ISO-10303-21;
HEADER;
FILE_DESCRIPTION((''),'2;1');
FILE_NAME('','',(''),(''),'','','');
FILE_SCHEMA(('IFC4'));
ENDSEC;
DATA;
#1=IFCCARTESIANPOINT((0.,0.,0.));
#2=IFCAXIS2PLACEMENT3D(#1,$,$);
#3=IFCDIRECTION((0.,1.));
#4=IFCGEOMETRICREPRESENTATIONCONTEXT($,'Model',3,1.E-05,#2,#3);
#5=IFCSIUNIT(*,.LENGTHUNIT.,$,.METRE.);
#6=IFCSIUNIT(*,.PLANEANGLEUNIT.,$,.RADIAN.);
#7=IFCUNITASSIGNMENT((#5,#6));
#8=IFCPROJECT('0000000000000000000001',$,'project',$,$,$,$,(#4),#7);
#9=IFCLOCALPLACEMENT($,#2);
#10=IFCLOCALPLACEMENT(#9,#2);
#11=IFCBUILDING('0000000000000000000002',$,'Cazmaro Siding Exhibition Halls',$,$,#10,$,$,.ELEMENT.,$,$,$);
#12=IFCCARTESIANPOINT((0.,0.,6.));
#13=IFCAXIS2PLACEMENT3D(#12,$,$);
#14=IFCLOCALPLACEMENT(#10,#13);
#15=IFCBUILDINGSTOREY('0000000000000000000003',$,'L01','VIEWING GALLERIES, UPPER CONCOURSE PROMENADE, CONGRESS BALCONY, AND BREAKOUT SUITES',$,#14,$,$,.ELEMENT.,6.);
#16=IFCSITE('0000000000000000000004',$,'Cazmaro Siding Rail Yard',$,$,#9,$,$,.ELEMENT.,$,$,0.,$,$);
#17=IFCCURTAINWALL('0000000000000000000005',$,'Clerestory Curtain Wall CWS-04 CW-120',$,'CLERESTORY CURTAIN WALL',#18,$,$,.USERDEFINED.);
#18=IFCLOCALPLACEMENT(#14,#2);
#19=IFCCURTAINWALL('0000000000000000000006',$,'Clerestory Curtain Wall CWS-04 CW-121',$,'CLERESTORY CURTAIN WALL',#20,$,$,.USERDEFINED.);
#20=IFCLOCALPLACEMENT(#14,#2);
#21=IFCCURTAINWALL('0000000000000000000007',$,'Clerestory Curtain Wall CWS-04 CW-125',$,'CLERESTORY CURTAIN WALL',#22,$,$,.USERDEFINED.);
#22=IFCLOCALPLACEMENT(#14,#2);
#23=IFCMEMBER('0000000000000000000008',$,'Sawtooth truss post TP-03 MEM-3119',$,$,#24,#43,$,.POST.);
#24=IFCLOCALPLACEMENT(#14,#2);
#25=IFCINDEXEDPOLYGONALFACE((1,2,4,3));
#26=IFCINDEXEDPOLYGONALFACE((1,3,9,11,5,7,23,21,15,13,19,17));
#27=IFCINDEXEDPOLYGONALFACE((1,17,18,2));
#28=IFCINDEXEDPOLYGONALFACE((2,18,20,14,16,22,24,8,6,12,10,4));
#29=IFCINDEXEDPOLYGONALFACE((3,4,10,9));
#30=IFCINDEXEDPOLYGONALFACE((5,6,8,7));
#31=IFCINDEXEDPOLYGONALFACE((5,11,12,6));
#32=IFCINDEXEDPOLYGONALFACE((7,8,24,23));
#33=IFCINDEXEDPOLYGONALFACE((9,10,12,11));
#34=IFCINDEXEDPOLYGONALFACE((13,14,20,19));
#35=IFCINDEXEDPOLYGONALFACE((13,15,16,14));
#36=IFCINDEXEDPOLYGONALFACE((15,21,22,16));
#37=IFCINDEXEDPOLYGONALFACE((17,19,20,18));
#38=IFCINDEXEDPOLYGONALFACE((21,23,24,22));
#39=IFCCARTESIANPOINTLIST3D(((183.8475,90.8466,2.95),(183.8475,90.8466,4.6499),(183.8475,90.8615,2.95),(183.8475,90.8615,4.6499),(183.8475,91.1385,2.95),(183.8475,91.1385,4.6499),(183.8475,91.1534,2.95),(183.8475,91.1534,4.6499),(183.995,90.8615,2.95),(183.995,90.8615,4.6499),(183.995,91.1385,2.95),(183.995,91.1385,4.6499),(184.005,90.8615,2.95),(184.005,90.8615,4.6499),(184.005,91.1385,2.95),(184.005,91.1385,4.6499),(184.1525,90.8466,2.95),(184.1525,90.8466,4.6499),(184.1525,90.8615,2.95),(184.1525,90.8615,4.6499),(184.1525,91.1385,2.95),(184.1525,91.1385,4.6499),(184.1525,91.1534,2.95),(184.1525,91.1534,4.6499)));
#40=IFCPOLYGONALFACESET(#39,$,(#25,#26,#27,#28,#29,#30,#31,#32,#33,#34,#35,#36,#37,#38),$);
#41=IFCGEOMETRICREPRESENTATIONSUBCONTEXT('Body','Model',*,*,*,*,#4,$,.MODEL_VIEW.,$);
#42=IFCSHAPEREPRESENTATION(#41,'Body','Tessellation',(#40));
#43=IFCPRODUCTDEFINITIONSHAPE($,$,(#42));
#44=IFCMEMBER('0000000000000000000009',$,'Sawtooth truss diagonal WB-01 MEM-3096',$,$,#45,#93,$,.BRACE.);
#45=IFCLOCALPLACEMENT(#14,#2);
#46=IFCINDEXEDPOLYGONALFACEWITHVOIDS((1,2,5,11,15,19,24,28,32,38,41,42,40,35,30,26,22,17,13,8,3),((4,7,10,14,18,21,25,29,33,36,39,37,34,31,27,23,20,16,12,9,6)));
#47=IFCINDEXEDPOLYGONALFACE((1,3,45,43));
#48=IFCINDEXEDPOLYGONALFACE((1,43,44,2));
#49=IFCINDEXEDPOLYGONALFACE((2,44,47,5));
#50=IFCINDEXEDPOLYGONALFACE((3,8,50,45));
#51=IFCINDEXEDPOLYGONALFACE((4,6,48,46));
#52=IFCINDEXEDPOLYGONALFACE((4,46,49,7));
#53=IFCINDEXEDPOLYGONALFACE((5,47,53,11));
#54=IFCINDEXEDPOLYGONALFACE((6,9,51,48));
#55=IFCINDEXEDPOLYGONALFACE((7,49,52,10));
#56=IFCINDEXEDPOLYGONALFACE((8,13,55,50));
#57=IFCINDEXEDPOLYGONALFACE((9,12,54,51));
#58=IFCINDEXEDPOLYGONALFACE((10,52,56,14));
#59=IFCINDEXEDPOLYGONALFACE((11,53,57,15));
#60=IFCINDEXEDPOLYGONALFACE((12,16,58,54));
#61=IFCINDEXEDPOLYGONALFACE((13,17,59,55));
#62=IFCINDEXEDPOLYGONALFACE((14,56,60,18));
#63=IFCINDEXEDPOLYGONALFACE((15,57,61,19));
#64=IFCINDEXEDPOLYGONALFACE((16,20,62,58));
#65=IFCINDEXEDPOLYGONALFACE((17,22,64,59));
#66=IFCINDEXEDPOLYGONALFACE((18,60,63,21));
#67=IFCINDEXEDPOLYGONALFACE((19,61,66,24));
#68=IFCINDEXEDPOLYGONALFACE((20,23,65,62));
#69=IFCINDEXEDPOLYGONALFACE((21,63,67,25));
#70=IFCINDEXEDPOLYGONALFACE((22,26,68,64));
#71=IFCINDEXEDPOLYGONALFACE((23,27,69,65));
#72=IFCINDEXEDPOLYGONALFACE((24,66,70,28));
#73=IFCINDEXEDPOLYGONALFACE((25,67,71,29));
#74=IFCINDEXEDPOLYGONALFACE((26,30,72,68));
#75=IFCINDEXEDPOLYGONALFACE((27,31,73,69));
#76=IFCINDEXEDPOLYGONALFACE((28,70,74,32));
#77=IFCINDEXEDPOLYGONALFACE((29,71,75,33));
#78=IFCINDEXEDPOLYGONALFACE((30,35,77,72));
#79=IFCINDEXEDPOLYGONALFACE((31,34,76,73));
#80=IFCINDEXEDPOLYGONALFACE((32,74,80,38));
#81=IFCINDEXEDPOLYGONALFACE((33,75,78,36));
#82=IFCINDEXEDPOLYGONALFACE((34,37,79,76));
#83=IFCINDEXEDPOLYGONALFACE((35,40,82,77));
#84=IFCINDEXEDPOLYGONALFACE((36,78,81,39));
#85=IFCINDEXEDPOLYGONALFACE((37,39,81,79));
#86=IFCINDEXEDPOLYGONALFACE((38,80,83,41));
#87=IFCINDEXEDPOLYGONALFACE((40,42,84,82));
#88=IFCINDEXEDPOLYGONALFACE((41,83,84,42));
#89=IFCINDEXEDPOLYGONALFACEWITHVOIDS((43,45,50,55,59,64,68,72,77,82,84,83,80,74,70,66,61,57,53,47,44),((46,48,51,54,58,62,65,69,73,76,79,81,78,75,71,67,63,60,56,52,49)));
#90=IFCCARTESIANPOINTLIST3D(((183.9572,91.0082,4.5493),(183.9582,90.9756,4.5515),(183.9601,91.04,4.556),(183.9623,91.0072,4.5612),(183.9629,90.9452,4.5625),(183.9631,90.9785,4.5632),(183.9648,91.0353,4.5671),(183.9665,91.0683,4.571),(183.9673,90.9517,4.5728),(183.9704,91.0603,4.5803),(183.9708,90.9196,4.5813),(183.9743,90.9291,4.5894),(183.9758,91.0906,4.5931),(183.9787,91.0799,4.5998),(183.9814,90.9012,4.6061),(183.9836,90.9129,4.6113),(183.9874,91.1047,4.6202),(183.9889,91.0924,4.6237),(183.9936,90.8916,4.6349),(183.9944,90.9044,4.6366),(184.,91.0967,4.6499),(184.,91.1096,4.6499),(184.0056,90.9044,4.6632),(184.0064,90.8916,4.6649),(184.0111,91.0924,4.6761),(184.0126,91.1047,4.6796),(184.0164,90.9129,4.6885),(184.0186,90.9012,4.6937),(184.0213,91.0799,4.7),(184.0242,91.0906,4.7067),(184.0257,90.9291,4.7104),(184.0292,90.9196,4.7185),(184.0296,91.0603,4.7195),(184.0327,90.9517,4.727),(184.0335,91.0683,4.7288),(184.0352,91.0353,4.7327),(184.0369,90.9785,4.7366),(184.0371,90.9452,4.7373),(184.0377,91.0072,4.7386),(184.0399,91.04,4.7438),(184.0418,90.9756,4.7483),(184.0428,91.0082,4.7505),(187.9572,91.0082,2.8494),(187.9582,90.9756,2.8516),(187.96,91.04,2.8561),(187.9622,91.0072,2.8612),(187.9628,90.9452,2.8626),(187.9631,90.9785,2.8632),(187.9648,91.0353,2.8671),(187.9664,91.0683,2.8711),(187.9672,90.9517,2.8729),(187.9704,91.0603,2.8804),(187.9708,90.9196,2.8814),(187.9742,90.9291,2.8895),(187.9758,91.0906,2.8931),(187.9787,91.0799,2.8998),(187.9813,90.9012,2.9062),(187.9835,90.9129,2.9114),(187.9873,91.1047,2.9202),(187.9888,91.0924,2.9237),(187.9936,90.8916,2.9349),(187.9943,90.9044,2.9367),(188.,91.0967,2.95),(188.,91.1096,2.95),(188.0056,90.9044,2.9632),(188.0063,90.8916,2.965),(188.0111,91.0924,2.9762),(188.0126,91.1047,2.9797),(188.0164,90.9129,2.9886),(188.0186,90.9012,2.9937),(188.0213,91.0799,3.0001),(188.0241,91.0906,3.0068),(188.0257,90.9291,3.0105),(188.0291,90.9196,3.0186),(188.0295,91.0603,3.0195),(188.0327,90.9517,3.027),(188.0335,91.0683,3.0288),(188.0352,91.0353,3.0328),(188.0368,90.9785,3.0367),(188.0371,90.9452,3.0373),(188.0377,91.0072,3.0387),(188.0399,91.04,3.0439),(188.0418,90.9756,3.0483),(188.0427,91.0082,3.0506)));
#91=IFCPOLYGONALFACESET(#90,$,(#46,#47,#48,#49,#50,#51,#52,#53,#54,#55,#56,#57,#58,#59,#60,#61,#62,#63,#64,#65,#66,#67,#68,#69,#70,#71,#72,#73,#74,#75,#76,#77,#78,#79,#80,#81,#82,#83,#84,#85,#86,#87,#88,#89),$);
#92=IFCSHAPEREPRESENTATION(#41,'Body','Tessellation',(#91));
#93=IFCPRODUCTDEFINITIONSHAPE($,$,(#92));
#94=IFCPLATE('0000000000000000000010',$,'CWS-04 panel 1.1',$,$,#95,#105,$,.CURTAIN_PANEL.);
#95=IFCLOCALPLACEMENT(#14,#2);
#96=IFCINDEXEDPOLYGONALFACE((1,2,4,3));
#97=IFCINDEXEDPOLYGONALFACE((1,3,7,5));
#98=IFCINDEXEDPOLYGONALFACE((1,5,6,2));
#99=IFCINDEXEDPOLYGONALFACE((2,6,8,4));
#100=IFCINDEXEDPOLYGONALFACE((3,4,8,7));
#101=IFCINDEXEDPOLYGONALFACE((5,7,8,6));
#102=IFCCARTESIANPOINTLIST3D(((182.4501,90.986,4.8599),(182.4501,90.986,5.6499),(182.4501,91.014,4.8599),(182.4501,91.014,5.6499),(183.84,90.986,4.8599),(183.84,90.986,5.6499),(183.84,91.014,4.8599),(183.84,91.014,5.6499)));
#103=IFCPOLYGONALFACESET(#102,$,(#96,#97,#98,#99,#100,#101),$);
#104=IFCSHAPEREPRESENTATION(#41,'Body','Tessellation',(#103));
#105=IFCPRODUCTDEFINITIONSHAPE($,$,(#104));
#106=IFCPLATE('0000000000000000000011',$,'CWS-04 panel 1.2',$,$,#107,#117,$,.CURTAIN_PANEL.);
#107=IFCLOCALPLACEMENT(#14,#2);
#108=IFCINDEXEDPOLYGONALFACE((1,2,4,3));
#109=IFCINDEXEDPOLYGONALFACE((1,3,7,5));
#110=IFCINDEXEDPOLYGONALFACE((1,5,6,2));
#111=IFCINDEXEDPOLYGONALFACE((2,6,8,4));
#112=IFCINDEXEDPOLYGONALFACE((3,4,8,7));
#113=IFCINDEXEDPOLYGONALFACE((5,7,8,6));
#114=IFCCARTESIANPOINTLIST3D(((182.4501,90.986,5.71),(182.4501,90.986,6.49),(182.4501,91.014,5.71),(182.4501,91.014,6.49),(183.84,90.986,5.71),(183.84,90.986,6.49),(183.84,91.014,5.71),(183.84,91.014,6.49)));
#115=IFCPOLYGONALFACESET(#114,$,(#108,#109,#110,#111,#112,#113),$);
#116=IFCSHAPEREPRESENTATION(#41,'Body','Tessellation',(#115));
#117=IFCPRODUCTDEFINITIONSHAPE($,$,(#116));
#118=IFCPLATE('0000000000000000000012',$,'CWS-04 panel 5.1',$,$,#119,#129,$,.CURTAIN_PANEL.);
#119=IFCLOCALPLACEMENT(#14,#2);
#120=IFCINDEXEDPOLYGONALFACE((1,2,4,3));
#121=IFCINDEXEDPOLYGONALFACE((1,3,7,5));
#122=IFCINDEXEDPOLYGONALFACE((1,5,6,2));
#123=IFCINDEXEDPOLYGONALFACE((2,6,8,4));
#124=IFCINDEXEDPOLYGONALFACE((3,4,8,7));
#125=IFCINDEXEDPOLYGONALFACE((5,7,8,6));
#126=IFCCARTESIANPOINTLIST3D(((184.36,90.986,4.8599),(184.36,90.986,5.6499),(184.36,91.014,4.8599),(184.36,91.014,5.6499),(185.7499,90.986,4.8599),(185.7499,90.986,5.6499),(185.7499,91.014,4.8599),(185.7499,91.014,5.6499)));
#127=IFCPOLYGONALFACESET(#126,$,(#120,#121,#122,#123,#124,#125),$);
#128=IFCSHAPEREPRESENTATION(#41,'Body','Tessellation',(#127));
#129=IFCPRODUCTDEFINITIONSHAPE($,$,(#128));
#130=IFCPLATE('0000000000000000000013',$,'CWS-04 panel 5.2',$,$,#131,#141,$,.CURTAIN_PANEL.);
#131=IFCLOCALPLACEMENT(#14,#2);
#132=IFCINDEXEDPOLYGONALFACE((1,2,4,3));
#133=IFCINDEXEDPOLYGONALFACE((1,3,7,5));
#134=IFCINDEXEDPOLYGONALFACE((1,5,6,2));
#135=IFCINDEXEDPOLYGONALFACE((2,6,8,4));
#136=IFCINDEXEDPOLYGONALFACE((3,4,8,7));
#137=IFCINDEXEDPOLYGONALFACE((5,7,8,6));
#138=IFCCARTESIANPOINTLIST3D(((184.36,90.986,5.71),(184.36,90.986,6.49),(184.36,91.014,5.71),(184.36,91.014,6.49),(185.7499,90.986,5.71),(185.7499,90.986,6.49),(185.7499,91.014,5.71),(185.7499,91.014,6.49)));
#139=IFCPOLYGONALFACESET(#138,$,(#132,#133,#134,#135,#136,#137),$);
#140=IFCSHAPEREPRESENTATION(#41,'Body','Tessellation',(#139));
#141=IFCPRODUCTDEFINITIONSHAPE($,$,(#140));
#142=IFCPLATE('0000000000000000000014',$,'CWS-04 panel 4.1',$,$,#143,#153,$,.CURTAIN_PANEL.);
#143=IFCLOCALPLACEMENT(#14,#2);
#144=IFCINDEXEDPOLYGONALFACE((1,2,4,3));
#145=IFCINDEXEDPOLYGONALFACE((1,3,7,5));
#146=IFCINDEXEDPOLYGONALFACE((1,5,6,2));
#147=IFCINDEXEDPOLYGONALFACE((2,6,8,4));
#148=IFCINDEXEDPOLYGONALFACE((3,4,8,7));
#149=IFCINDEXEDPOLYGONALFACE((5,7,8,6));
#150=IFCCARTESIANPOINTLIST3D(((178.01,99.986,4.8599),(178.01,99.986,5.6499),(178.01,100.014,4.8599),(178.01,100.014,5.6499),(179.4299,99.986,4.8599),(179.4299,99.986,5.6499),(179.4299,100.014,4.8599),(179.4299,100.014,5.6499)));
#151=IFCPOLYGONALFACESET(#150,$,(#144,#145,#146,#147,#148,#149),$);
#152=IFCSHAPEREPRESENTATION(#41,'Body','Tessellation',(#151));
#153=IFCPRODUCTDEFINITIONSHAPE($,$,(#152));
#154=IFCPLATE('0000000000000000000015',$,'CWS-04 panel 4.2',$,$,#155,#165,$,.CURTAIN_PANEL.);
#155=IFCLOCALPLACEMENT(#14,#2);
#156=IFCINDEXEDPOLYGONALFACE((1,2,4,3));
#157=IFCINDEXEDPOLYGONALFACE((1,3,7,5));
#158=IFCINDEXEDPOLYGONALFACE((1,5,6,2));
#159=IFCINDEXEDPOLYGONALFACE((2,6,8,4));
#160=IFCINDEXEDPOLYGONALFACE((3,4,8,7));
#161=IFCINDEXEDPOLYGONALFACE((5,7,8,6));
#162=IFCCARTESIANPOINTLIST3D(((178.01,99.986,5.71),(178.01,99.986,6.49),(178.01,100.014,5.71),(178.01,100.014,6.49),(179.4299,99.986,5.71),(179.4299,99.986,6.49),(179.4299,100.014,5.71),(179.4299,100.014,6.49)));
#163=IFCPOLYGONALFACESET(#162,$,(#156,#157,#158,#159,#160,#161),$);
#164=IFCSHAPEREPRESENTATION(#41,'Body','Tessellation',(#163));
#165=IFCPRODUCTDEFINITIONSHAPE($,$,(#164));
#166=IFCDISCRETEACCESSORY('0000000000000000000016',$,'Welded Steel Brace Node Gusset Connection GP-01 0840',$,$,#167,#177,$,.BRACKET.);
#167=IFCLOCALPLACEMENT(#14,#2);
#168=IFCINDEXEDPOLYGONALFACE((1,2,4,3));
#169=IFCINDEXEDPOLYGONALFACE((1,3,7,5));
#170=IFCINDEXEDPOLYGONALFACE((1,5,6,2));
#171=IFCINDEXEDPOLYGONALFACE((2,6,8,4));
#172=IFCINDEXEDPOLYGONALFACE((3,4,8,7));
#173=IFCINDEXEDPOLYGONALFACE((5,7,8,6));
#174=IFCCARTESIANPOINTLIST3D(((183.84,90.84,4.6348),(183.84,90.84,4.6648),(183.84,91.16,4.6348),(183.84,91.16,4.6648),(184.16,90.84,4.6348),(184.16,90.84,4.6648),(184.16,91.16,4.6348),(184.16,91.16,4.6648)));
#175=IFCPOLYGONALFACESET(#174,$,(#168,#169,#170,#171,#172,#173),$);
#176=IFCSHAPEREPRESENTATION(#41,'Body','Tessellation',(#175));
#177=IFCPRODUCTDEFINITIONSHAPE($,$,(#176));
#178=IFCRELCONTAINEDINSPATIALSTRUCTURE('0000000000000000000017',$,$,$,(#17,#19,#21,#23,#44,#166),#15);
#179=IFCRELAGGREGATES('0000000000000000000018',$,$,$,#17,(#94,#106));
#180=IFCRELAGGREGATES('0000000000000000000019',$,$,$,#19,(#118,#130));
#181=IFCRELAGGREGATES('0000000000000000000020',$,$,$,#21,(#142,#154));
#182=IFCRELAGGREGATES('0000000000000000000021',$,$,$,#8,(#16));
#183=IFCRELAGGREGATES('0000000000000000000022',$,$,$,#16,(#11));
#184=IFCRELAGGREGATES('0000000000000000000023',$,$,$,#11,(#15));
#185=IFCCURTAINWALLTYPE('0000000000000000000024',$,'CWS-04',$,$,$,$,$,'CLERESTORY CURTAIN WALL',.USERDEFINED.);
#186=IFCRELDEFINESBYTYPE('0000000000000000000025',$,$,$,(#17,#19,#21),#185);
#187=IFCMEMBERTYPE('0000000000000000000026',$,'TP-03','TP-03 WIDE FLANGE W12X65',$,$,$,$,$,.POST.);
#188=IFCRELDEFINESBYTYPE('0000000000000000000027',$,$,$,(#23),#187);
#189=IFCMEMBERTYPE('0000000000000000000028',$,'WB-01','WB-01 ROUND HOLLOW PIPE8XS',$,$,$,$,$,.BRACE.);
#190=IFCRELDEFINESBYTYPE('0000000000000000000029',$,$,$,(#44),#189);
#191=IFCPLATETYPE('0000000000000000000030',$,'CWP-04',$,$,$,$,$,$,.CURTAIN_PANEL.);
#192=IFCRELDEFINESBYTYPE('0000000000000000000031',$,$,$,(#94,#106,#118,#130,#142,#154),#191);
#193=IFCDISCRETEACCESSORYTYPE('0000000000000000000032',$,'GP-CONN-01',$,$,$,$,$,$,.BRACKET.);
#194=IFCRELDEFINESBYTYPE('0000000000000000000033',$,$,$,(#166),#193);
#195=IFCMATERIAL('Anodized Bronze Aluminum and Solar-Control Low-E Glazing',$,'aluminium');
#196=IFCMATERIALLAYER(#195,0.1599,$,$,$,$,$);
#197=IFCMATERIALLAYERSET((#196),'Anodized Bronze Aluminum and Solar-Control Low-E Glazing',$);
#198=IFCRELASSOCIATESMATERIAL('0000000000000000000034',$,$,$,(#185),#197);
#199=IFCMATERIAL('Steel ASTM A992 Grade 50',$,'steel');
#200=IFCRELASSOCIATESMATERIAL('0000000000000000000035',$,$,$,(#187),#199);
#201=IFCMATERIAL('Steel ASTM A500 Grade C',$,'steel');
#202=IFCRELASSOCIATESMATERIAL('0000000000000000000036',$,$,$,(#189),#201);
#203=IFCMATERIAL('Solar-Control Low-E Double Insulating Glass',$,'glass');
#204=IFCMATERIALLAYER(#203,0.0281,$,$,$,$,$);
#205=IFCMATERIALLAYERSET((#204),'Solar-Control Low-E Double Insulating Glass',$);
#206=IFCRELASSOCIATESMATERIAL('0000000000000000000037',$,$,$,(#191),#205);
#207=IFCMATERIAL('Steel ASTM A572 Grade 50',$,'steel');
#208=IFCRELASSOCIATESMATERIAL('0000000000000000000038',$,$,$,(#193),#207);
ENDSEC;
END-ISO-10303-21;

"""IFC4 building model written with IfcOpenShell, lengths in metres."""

from ifc_helpers import new_model, si_unit, direction, frame, origin, origin_2d, place, context, subcontext, project, spatial, rectangle, hollow_circle, i_section, extrude, material, layer, layer_set, material_profile, profile_set, type_object, element, aggregate, save


model = new_model("IFC4")

# Units and contexts
model_context = context("Model", 3, precision=1e-05, world=origin(), true_north=direction((0.0, 1.0)))
body_context = subcontext(model_context, "Body", "Model", "MODEL_VIEW")
ifc_project = project(units=[si_unit("LENGTHUNIT", "METRE"), si_unit("PLANEANGLEUNIT", "RADIAN")], contexts=[model_context])

# Site, building, storey
site_placement = place(None, origin())
site = spatial("IfcSite", under=ifc_project, at=site_placement, Name="Cazmaro Siding Rail Yard", CompositionType="ELEMENT", RefElevation=0.0)
building_placement = place(site_placement, origin())
building = spatial("IfcBuilding", under=site, at=building_placement, Name="Cazmaro Siding Exhibition Halls", CompositionType="ELEMENT")
storey_placement = place(building_placement, frame((0.0, 0.0, 6.0)))
storey = spatial("IfcBuildingStorey", under=building, at=storey_placement, Name="L01", Description="VIEWING GALLERIES, UPPER CONCOURSE PROMENADE, CONGRESS BALCONY, AND BREAKOUT SUITES", CompositionType="ELEMENT", Elevation=6.0)

# Curtain walls
ifc_material_1 = material(Name="Anodized Bronze Aluminum and Solar-Control Low-E Glazing", Category="aluminium")
ifc_layer_1 = layer(ifc_material_1, 0.1599)
ifc_layer_set_1 = layer_set([ifc_layer_1], Name="Anodized Bronze Aluminum and Solar-Control Low-E Glazing")
curtain_wall_type = type_object("IfcCurtainWallType", Name="CWS-04", ElementType="CLERESTORY CURTAIN WALL", PredefinedType="USERDEFINED", material=ifc_layer_set_1)
curtain_wall_1_placement = place(storey_placement, origin())
curtain_wall_1 = element("IfcCurtainWall", 1, at=curtain_wall_1_placement, inside=storey, type_object=curtain_wall_type, Name="Clerestory Curtain Wall CWS-04 CW-120", ObjectType="CLERESTORY CURTAIN WALL", PredefinedType="USERDEFINED")
curtain_wall_2_placement = place(storey_placement, origin())
curtain_wall_2 = element("IfcCurtainWall", 2, at=curtain_wall_2_placement, inside=storey, type_object=curtain_wall_type, Name="Clerestory Curtain Wall CWS-04 CW-121", ObjectType="CLERESTORY CURTAIN WALL", PredefinedType="USERDEFINED")
curtain_wall_3_placement = place(storey_placement, origin())
curtain_wall_3 = element("IfcCurtainWall", 3, at=curtain_wall_3_placement, inside=storey, type_object=curtain_wall_type, Name="Clerestory Curtain Wall CWS-04 CW-125", ObjectType="CLERESTORY CURTAIN WALL", PredefinedType="USERDEFINED")

# Members
ifc_material_2 = material(Name="Steel ASTM A992 Grade 50", Category="steel")
ifc_material_profile_1 = material_profile(ifc_material_2, i_section(OverallWidth=0.3049, OverallDepth=0.3069, WebThickness=0.01, FlangeThickness=0.0149, at=origin_2d()), Name="W12X65")
ifc_profile_set_1 = profile_set([ifc_material_profile_1], Name="Steel ASTM A992 Grade 50")
member_type_1 = type_object("IfcMemberType", Name="TP-03", Description="TP-03 WIDE FLANGE W12X65", PredefinedType="POST", material=ifc_profile_set_1)
member_1_placement = place(storey_placement, frame((184.0, 91.0, 2.95), z_axis=(0.0, 0.0, 1.0), x_axis=(1.0, 0.0, 0.0)))
element("IfcMember", 4, at=member_1_placement, inside=storey, type_object=member_type_1, Name="Sawtooth truss post TP-03 MEM-3119", PredefinedType="POST", context=body_context, shape_type="SweptSolid", body=[
    extrude(i_section(OverallWidth=0.3049, OverallDepth=0.3069, WebThickness=0.01, FlangeThickness=0.0149, at=origin_2d()), origin(), (0.0, 0.0, 1.0), 1.7),
])
ifc_material_3 = material(Name="Steel ASTM A500 Grade C", Category="steel")
ifc_material_profile_2 = material_profile(ifc_material_3, hollow_circle(Radius=0.1096, WallThickness=0.0129, at=origin_2d()), Name="PIPE8XS")
ifc_profile_set_2 = profile_set([ifc_material_profile_2], Name="Steel ASTM A500 Grade C")
member_type_2 = type_object("IfcMemberType", Name="WB-01", Description="WB-01 ROUND HOLLOW PIPE8XS", PredefinedType="BRACE", material=ifc_profile_set_2)
member_2_placement = place(storey_placement, frame((184.0, 91.0, 4.6499), z_axis=(0.920335, 0.0, -0.391131), x_axis=(0.0, 1.0, 0.0)))
element("IfcMember", 5, at=member_2_placement, inside=storey, type_object=member_type_2, Name="Sawtooth truss diagonal WB-01 MEM-3096", PredefinedType="BRACE", context=body_context, shape_type="SweptSolid", body=[
    extrude(hollow_circle(Radius=0.1096, WallThickness=0.0129, at=origin_2d()), origin(), (0.0, 0.0, 1.0), 4.3462),
])

# Plates
ifc_material_4 = material(Name="Solar-Control Low-E Double Insulating Glass", Category="glass")
ifc_layer_2 = layer(ifc_material_4, 0.0281)
ifc_layer_set_2 = layer_set([ifc_layer_2], Name="Solar-Control Low-E Double Insulating Glass")
plate_type = type_object("IfcPlateType", Name="CWP-04", PredefinedType="CURTAIN_PANEL", material=ifc_layer_set_2)
plate_1_placement = place(storey_placement, frame((183.145, 91.0, 4.8599), z_axis=(0.0, 0.0, 1.0), x_axis=(-1.0, 0.0, 0.0)))
plate_1 = element("IfcPlate", 6, at=plate_1_placement, type_object=plate_type, Name="CWS-04 panel 1.1", PredefinedType="CURTAIN_PANEL", context=body_context, shape_type="SweptSolid", body=[
    extrude(rectangle(XDim=1.3899, YDim=0.0281, at=origin_2d()), origin(), (0.0, 0.0, 1.0), 0.79),
])
plate_2_placement = place(storey_placement, frame((183.145, 91.0, 5.71), z_axis=(0.0, 0.0, 1.0), x_axis=(-1.0, 0.0, 0.0)))
plate_2 = element("IfcPlate", 7, at=plate_2_placement, type_object=plate_type, Name="CWS-04 panel 1.2", PredefinedType="CURTAIN_PANEL", context=body_context, shape_type="SweptSolid", body=[
    extrude(rectangle(XDim=1.3899, YDim=0.0281, at=origin_2d()), origin(), (0.0, 0.0, 1.0), 0.78),
])
aggregate(curtain_wall_1, [plate_1, plate_2])
plate_3_placement = place(storey_placement, frame((185.0549, 91.0, 4.8599), z_axis=(0.0, 0.0, 1.0), x_axis=(-1.0, 0.0, 0.0)))
plate_3 = element("IfcPlate", 8, at=plate_3_placement, type_object=plate_type, Name="CWS-04 panel 5.1", PredefinedType="CURTAIN_PANEL", context=body_context, shape_type="SweptSolid", body=[
    extrude(rectangle(XDim=1.3899, YDim=0.0281, at=origin_2d()), origin(), (0.0, 0.0, 1.0), 0.79),
])
plate_4_placement = place(storey_placement, frame((185.0549, 91.0, 5.71), z_axis=(0.0, 0.0, 1.0), x_axis=(-1.0, 0.0, 0.0)))
plate_4 = element("IfcPlate", 9, at=plate_4_placement, type_object=plate_type, Name="CWS-04 panel 5.2", PredefinedType="CURTAIN_PANEL", context=body_context, shape_type="SweptSolid", body=[
    extrude(rectangle(XDim=1.3899, YDim=0.0281, at=origin_2d()), origin(), (0.0, 0.0, 1.0), 0.78),
])
aggregate(curtain_wall_2, [plate_3, plate_4])
plate_5_placement = place(storey_placement, frame((178.72, 100.0, 4.8599), z_axis=(0.0, 0.0, 1.0), x_axis=(-1.0, 0.0, 0.0)))
plate_5 = element("IfcPlate", 10, at=plate_5_placement, type_object=plate_type, Name="CWS-04 panel 4.1", PredefinedType="CURTAIN_PANEL", context=body_context, shape_type="SweptSolid", body=[
    extrude(rectangle(XDim=1.4199, YDim=0.0281, at=origin_2d()), origin(), (0.0, 0.0, 1.0), 0.79),
])
plate_6_placement = place(storey_placement, frame((178.72, 100.0, 5.71), z_axis=(0.0, 0.0, 1.0), x_axis=(-1.0, 0.0, 0.0)))
plate_6 = element("IfcPlate", 11, at=plate_6_placement, type_object=plate_type, Name="CWS-04 panel 4.2", PredefinedType="CURTAIN_PANEL", context=body_context, shape_type="SweptSolid", body=[
    extrude(rectangle(XDim=1.4199, YDim=0.0281, at=origin_2d()), origin(), (0.0, 0.0, 1.0), 0.78),
])
aggregate(curtain_wall_3, [plate_5, plate_6])

# Discrete accessory
ifc_material_5 = material(Name="Steel ASTM A572 Grade 50", Category="steel")
discrete_accessory_type = type_object("IfcDiscreteAccessoryType", Name="GP-CONN-01", PredefinedType="BRACKET", material=ifc_material_5)
discrete_accessory_placement = place(storey_placement, frame((184.0, 91.0, 4.6348), z_axis=(0.0, 0.0, 1.0), x_axis=(1.0, 0.0, 0.0)))
element("IfcDiscreteAccessory", 12, at=discrete_accessory_placement, inside=storey, type_object=discrete_accessory_type, Name="Welded Steel Brace Node Gusset Connection GP-01 0840", PredefinedType="BRACKET", context=body_context, shape_type="SweptSolid", body=[
    extrude(rectangle(XDim=0.3201, YDim=0.3201, at=origin_2d()), origin(), (0.0, 0.0, 1.0), 0.03),
])

save(model, "model.ifc")
